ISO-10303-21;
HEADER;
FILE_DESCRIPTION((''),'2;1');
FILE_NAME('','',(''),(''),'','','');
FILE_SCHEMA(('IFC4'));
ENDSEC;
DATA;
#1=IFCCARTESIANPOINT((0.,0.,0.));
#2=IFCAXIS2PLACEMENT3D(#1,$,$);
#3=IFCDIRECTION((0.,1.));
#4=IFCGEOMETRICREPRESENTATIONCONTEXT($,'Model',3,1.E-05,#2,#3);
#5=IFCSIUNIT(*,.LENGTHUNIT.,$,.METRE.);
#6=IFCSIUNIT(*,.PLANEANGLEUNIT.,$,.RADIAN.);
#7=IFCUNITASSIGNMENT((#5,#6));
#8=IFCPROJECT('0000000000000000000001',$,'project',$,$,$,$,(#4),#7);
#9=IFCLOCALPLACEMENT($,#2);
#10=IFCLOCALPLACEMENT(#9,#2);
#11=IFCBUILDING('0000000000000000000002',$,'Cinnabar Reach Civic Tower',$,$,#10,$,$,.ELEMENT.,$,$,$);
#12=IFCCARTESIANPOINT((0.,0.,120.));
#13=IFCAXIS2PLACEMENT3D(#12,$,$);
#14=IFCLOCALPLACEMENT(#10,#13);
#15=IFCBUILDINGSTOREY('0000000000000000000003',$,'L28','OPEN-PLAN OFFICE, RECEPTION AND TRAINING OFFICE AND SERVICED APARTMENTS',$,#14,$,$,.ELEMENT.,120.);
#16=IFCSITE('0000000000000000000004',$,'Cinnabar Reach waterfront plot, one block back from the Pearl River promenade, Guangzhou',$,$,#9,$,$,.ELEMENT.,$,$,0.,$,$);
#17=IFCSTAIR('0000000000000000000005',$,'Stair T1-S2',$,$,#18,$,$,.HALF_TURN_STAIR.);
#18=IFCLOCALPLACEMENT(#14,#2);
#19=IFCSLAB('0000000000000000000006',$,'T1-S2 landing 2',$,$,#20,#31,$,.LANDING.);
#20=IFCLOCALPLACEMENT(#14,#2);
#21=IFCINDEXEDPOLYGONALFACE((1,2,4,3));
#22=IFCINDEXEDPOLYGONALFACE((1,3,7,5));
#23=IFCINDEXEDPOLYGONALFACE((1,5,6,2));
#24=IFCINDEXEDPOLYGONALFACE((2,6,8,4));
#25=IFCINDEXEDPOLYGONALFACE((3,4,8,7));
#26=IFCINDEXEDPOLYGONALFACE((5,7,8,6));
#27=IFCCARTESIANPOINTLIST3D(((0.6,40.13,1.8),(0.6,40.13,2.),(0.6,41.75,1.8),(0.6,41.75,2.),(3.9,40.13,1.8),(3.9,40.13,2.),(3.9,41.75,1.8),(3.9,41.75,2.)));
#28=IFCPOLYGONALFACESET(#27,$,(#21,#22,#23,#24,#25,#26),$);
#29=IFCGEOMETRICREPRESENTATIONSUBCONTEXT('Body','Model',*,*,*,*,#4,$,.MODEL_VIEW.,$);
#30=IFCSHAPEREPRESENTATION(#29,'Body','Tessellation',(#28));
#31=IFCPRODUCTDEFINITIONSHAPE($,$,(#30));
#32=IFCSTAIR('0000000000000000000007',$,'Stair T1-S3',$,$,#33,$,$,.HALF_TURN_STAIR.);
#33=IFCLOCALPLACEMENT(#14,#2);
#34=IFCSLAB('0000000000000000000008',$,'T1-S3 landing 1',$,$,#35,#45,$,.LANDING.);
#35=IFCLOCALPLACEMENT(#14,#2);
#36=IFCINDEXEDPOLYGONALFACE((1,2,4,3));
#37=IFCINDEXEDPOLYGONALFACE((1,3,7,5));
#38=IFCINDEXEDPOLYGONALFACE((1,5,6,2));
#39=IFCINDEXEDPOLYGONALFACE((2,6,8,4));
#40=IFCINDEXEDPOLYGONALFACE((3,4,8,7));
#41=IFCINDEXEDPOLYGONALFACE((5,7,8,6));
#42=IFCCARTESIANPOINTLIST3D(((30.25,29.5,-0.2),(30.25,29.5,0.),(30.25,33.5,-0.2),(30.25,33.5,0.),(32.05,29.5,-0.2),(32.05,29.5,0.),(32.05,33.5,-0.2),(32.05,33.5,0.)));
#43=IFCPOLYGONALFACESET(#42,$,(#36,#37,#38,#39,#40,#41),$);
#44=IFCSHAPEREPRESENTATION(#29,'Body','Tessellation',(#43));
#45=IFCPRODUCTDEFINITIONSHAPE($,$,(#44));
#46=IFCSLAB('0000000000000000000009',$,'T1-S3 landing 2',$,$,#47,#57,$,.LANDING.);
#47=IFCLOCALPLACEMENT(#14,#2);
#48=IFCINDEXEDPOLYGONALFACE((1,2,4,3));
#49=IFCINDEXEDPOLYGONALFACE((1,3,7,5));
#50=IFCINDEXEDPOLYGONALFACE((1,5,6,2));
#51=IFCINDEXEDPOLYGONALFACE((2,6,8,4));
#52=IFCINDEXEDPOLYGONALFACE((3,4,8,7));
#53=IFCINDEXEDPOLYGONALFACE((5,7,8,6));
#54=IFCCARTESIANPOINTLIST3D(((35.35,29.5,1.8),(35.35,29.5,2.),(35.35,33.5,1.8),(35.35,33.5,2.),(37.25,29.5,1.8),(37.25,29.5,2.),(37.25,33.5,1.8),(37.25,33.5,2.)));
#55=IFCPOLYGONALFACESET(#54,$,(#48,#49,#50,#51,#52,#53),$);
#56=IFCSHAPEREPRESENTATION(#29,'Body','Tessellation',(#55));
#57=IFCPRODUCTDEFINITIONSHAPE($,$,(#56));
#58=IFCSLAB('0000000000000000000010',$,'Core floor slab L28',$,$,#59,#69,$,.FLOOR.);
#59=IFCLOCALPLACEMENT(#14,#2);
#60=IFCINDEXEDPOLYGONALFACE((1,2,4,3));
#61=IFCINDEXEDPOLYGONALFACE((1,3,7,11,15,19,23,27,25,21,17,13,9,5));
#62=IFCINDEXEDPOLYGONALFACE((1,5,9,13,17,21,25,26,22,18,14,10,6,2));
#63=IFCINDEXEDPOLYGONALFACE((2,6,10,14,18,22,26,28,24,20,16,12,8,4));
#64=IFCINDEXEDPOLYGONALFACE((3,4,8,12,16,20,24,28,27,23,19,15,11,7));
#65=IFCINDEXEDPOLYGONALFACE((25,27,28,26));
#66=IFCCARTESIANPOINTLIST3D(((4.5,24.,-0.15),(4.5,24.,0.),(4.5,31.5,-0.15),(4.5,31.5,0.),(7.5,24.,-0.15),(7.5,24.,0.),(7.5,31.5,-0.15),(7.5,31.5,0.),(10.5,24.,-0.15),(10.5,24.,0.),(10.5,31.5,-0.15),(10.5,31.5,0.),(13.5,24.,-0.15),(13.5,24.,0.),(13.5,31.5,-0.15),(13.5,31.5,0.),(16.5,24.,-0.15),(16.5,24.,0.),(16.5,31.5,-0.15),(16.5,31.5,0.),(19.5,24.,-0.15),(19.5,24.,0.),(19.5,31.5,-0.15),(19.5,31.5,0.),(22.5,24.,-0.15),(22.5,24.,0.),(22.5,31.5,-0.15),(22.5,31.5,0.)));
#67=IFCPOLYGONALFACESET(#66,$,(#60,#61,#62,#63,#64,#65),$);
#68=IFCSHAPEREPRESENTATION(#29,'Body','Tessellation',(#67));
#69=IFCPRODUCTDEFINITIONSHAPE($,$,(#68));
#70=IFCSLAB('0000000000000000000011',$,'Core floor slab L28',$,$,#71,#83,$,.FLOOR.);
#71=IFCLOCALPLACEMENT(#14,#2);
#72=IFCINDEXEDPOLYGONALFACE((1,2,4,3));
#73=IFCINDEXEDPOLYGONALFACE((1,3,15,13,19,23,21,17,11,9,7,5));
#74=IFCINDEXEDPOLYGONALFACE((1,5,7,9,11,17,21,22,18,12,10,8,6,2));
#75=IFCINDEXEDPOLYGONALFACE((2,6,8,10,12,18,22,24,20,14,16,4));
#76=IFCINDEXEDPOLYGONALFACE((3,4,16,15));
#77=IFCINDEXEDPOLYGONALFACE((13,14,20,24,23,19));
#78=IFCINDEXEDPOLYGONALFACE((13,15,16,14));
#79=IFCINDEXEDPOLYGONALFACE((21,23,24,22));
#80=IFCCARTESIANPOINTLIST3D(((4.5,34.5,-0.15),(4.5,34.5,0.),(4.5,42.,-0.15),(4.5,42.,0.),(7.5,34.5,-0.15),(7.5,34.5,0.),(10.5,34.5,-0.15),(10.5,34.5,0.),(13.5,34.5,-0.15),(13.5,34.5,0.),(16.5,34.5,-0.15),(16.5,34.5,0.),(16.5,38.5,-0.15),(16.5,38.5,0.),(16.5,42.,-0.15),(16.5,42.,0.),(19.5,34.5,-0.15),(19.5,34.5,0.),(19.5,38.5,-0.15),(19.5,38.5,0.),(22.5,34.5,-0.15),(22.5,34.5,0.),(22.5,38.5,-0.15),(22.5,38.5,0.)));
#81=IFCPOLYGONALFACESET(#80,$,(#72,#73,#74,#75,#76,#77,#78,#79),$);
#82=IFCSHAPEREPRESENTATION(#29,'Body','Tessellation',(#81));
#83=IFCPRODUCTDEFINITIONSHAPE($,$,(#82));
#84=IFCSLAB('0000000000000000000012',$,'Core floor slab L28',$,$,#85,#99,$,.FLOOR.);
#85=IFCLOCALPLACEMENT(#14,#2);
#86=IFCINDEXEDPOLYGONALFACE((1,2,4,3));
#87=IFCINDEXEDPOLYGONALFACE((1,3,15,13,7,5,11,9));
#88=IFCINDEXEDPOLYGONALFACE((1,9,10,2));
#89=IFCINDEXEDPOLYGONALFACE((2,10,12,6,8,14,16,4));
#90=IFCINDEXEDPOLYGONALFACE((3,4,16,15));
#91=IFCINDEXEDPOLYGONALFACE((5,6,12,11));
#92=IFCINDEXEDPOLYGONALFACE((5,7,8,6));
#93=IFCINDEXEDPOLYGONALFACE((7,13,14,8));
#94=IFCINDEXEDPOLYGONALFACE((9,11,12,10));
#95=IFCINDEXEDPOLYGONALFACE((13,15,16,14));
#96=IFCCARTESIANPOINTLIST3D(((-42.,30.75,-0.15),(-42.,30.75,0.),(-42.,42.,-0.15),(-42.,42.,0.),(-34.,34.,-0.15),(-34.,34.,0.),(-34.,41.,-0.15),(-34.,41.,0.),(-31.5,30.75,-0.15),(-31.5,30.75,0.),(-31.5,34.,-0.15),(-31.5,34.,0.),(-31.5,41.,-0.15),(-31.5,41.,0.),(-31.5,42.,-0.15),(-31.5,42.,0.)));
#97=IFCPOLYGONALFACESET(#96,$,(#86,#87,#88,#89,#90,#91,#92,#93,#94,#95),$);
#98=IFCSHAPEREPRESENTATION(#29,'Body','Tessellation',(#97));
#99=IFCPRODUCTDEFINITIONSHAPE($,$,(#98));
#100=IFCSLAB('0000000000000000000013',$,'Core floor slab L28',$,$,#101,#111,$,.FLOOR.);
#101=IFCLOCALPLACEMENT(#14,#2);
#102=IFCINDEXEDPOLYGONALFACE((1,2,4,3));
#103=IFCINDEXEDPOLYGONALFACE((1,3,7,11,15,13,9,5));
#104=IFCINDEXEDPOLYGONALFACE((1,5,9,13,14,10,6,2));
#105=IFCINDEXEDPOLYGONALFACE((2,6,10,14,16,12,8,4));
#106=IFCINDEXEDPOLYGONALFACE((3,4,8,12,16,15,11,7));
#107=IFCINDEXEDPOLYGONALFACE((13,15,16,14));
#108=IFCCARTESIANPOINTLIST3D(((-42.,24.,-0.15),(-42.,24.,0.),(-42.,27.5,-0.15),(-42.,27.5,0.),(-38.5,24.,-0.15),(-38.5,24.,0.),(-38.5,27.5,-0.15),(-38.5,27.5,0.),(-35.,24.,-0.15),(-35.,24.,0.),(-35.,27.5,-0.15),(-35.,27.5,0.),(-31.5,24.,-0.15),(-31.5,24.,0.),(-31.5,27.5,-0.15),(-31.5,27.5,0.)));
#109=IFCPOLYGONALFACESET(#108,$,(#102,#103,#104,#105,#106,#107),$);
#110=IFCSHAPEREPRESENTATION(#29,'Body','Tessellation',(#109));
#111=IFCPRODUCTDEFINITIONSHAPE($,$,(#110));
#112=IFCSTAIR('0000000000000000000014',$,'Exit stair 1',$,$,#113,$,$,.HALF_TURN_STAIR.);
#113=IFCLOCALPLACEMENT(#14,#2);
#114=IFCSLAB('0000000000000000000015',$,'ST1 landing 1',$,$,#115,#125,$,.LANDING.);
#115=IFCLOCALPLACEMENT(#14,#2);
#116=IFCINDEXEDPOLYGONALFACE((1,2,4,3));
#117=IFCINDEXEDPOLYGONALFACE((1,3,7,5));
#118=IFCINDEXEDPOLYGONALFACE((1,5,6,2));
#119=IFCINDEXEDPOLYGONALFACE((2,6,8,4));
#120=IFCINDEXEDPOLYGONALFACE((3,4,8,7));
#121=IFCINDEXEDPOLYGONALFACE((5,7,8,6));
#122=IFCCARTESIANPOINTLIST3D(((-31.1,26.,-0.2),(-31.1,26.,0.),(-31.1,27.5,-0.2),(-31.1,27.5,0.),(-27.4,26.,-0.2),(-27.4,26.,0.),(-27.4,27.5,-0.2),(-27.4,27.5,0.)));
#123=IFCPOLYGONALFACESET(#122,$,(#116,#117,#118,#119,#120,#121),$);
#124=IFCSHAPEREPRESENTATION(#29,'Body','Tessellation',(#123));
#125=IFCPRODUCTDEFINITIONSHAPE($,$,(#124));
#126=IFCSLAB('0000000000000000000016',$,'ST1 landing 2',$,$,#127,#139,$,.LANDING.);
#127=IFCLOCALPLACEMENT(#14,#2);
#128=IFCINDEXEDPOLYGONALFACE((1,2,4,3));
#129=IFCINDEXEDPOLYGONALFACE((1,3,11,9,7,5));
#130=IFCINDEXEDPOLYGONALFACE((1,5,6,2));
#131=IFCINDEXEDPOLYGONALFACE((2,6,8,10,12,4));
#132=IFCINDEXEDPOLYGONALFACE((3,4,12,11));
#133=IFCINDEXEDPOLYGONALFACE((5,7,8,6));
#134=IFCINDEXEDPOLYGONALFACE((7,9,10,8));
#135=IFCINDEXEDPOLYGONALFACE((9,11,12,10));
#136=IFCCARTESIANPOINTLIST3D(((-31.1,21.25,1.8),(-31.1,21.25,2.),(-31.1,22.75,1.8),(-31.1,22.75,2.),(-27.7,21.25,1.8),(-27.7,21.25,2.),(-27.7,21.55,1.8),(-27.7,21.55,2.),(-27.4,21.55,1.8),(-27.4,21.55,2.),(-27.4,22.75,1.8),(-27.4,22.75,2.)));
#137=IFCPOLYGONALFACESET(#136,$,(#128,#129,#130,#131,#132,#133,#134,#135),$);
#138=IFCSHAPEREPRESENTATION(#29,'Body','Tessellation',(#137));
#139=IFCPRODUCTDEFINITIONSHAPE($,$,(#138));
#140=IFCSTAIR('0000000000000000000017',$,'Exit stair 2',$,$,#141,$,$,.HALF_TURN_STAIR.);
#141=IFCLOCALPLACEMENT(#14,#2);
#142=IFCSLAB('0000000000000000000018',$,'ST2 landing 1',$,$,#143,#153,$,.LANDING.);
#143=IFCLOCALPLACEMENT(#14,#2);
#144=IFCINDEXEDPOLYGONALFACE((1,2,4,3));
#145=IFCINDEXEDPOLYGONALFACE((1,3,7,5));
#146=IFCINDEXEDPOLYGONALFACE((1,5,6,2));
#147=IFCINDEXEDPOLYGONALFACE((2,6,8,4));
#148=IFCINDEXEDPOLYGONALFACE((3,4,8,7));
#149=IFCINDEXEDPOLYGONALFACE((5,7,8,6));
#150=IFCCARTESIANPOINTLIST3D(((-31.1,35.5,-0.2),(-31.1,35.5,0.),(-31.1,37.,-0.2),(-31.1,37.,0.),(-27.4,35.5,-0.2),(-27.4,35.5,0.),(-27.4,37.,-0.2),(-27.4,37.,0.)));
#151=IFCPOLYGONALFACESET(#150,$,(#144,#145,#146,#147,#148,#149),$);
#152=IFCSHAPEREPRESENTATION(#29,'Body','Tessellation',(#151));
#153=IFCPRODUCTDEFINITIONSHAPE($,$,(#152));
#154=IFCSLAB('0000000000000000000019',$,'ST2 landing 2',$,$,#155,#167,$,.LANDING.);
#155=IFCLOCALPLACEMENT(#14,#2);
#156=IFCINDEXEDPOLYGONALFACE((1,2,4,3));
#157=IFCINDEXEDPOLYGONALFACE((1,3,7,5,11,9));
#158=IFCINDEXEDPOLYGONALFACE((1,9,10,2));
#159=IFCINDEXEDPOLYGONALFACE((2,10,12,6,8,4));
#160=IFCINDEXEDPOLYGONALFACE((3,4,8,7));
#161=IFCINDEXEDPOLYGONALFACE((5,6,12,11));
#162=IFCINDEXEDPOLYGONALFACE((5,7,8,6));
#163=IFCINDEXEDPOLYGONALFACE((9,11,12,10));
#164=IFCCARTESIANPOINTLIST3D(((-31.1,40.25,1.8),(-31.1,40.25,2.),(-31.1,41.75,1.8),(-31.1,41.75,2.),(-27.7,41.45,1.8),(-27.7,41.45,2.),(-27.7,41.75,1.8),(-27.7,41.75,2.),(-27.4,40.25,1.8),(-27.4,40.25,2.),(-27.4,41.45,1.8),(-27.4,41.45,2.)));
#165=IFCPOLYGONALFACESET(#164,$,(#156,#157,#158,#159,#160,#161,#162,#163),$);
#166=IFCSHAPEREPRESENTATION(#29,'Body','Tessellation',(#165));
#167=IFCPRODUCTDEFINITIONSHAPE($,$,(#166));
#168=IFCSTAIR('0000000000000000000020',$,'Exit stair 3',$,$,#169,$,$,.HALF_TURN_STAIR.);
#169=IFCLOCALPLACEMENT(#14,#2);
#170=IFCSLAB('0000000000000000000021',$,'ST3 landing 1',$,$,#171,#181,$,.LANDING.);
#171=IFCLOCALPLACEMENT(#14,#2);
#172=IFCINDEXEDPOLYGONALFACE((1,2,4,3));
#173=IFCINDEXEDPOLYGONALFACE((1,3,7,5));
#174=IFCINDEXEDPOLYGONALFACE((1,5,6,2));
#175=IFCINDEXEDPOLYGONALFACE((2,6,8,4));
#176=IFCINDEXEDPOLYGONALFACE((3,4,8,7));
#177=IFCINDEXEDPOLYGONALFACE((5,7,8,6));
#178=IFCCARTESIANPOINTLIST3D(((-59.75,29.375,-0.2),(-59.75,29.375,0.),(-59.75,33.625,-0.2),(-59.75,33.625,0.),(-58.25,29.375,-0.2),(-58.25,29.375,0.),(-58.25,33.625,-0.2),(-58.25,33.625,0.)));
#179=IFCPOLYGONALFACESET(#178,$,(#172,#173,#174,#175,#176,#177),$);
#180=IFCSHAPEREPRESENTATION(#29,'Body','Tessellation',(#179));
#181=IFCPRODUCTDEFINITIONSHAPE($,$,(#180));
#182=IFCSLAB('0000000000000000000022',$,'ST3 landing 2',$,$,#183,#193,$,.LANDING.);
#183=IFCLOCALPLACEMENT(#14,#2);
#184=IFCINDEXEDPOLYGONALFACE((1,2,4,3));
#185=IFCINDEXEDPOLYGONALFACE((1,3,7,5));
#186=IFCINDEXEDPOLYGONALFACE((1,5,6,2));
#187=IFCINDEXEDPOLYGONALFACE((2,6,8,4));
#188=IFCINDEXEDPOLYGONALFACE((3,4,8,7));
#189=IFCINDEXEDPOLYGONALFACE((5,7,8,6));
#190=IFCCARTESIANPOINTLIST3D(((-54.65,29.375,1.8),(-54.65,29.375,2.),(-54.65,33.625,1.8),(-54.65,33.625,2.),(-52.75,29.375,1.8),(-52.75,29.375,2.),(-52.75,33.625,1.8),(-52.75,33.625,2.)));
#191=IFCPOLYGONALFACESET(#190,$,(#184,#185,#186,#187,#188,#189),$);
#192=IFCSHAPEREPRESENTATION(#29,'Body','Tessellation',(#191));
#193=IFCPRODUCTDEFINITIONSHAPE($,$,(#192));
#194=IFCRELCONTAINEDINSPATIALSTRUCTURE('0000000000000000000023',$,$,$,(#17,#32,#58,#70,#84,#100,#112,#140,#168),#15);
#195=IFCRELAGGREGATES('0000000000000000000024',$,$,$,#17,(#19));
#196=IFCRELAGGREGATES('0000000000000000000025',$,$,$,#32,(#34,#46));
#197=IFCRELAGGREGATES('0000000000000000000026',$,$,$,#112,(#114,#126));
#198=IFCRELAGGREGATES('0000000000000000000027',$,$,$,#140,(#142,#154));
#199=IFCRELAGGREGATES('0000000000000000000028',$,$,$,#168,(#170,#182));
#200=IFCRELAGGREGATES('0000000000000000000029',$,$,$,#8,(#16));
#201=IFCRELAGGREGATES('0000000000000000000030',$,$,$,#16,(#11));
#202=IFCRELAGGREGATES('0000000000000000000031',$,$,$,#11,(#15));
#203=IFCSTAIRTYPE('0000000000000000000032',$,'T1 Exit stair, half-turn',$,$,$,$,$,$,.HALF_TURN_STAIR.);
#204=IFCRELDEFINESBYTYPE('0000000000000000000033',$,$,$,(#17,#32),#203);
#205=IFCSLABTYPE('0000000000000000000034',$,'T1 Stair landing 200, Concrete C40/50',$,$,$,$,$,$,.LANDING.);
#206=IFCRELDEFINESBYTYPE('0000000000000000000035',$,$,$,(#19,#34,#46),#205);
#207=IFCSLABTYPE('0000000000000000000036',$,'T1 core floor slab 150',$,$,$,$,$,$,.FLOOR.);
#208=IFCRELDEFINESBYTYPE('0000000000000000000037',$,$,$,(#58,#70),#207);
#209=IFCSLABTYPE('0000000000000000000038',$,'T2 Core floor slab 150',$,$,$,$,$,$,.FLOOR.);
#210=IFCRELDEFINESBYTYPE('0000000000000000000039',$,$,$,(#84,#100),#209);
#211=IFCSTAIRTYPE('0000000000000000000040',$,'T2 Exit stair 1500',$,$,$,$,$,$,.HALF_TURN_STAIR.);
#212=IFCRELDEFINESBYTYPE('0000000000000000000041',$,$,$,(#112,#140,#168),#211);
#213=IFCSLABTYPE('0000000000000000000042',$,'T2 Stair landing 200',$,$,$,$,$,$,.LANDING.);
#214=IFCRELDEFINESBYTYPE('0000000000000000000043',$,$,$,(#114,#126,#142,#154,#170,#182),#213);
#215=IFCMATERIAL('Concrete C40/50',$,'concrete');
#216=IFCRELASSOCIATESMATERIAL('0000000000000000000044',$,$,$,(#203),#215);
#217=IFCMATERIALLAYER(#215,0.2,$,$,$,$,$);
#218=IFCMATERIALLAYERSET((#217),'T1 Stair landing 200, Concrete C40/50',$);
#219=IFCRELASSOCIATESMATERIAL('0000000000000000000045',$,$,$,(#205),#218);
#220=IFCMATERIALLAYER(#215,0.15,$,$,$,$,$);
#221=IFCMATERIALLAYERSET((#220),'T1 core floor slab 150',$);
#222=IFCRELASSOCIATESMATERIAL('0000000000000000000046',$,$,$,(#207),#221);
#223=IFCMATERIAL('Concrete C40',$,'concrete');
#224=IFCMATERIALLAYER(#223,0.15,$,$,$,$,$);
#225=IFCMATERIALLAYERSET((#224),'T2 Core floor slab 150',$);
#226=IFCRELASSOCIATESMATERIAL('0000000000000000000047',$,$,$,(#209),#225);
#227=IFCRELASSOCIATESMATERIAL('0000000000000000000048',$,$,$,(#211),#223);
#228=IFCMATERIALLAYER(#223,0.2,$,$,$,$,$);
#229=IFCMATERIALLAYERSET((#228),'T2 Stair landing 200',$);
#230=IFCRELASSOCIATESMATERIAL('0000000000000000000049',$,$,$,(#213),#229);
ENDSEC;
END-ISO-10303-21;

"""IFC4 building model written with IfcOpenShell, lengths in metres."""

from ifc_helpers import new_model, si_unit, direction, frame, origin, place, context, subcontext, project, spatial, polyline, outline, extrude, material, layer, layer_set, type_object, element, aggregate, save


model = new_model("IFC4")

# Units and contexts
model_context = context("Model", 3, precision=1e-05, world=origin(), true_north=direction((0.0, 1.0)))
body_context = subcontext(model_context, "Body", "Model", "MODEL_VIEW")
ifc_project = project(units=[si_unit("LENGTHUNIT", "METRE"), si_unit("PLANEANGLEUNIT", "RADIAN")], contexts=[model_context])

# Site, building, storey
site_placement = place(None, origin())
site = spatial("IfcSite", under=ifc_project, at=site_placement, Name="Cinnabar Reach waterfront plot, one block back from the Pearl River promenade, Guangzhou", CompositionType="ELEMENT", RefElevation=0.0)
building_placement = place(site_placement, origin())
building = spatial("IfcBuilding", under=site, at=building_placement, Name="Cinnabar Reach Civic Tower", CompositionType="ELEMENT")
storey_placement = place(building_placement, frame((0.0, 0.0, 120.0)))
storey = spatial("IfcBuildingStorey", under=building, at=storey_placement, Name="L28", Description="OPEN-PLAN OFFICE, RECEPTION AND TRAINING OFFICE AND SERVICED APARTMENTS", CompositionType="ELEMENT", Elevation=120.0)

# Shared definitions
ifc_material_1 = material(Name="Concrete C40", Category="concrete")

# Stairs, slabs
ifc_material_2 = material(Name="Concrete C40/50", Category="concrete")
stair_type_1 = type_object("IfcStairType", Name="T1 Exit stair, half-turn", PredefinedType="HALF_TURN_STAIR", material=ifc_material_2)
ifc_layer_1 = layer(ifc_material_2, 0.2)
ifc_layer_set_1 = layer_set([ifc_layer_1], Name="T1 Stair landing 200, Concrete C40/50")
slab_type_1 = type_object("IfcSlabType", Name="T1 Stair landing 200, Concrete C40/50", PredefinedType="LANDING", material=ifc_layer_set_1)
stair_1_placement = place(storey_placement, origin())
stair_1 = element("IfcStair", 1, at=stair_1_placement, inside=storey, type_object=stair_type_1, Name="Stair T1-S2", PredefinedType="HALF_TURN_STAIR")
slab_1_placement = place(storey_placement, frame((0.0, 0.0, 1.8)))
slab_1 = element("IfcSlab", 2, at=slab_1_placement, type_object=slab_type_1, Name="T1-S2 landing 2", PredefinedType="LANDING", context=body_context, shape_type="SweptSolid", body=[
    extrude(outline(polyline([(0.6, 40.13), (0.6, 41.75), (3.9, 41.75), (3.9, 40.13), (0.6, 40.13)])), origin(), (0.0, 0.0, 1.0), 0.2),
])
aggregate(stair_1, [slab_1])
stair_2_placement = place(storey_placement, origin())
stair_2 = element("IfcStair", 3, at=stair_2_placement, inside=storey, type_object=stair_type_1, Name="Stair T1-S3", PredefinedType="HALF_TURN_STAIR")
slab_2_placement = place(storey_placement, frame((0.0, 0.0, -0.2)))
slab_2 = element("IfcSlab", 4, at=slab_2_placement, type_object=slab_type_1, Name="T1-S3 landing 1", PredefinedType="LANDING", context=body_context, shape_type="SweptSolid", body=[
    extrude(outline(polyline([(30.25, 29.5), (32.05, 29.5), (32.05, 33.5), (30.25, 33.5), (30.25, 29.5)])), origin(), (0.0, 0.0, 1.0), 0.2),
])
slab_3_placement = place(storey_placement, frame((0.0, 0.0, 1.8)))
slab_3 = element("IfcSlab", 5, at=slab_3_placement, type_object=slab_type_1, Name="T1-S3 landing 2", PredefinedType="LANDING", context=body_context, shape_type="SweptSolid", body=[
    extrude(outline(polyline([(35.35, 29.5), (37.25, 29.5), (37.25, 33.5), (35.35, 33.5), (35.35, 29.5)])), origin(), (0.0, 0.0, 1.0), 0.2),
])
aggregate(stair_2, [slab_2, slab_3])

# Slabs
ifc_layer_2 = layer(ifc_material_2, 0.15)
ifc_layer_set_2 = layer_set([ifc_layer_2], Name="T1 core floor slab 150")
slab_type_2 = type_object("IfcSlabType", Name="T1 core floor slab 150", PredefinedType="FLOOR", material=ifc_layer_set_2)
slab_4_placement = place(storey_placement, frame((0.0, 0.0, -0.15)))
element("IfcSlab", 6, at=slab_4_placement, inside=storey, type_object=slab_type_2, Name="Core floor slab L28", PredefinedType="FLOOR", context=body_context, shape_type="SweptSolid", body=[
    extrude(outline(polyline([(22.5, 24.0), (19.5, 24.0), (16.5, 24.0), (13.5, 24.0), (10.5, 24.0), (7.5, 24.0), (4.5, 24.0), (4.5, 31.5), (7.5, 31.5), (10.5, 31.5), (13.5, 31.5), (16.5, 31.5), (19.5, 31.5), (22.5, 31.5), (22.5, 24.0)])), origin(), (0.0, 0.0, 1.0), 0.15),
])
slab_5_placement = place(storey_placement, frame((0.0, 0.0, -0.15)))
element("IfcSlab", 7, at=slab_5_placement, inside=storey, type_object=slab_type_2, Name="Core floor slab L28", PredefinedType="FLOOR", context=body_context, shape_type="SweptSolid", body=[
    extrude(outline(polyline([(22.5, 34.5), (19.5, 34.5), (16.5, 34.5), (13.5, 34.5), (10.5, 34.5), (7.5, 34.5), (4.5, 34.5), (4.5, 42.0), (16.5, 42.0), (16.5, 38.5), (19.5, 38.5), (22.5, 38.5), (22.5, 34.5)])), origin(), (0.0, 0.0, 1.0), 0.15),
])
ifc_layer_3 = layer(ifc_material_1, 0.15)
ifc_layer_set_3 = layer_set([ifc_layer_3], Name="T2 Core floor slab 150")
slab_type_3 = type_object("IfcSlabType", Name="T2 Core floor slab 150", PredefinedType="FLOOR", material=ifc_layer_set_3)
slab_6_placement = place(storey_placement, frame((0.0, 0.0, -0.15)))
element("IfcSlab", 8, at=slab_6_placement, inside=storey, type_object=slab_type_3, Name="Core floor slab L28", PredefinedType="FLOOR", context=body_context, shape_type="SweptSolid", body=[
    extrude(outline(polyline([(-42.0, 42.0), (-31.5, 42.0), (-31.5, 41.0), (-34.0, 41.0), (-34.0, 34.0), (-31.5, 34.0), (-31.5, 30.75), (-42.0, 30.75), (-42.0, 42.0)])), origin(), (0.0, 0.0, 1.0), 0.15),
])
slab_7_placement = place(storey_placement, frame((0.0, 0.0, -0.15)))
element("IfcSlab", 9, at=slab_7_placement, inside=storey, type_object=slab_type_3, Name="Core floor slab L28", PredefinedType="FLOOR", context=body_context, shape_type="SweptSolid", body=[
    extrude(outline(polyline([(-35.0, 24.0), (-38.5, 24.0), (-42.0, 24.0), (-42.0, 27.5), (-38.5, 27.5), (-35.0, 27.5), (-31.5, 27.5), (-31.5, 24.0), (-35.0, 24.0)])), origin(), (0.0, 0.0, 1.0), 0.15),
])

# Stairs, slabs
stair_type_2 = type_object("IfcStairType", Name="T2 Exit stair 1500", PredefinedType="HALF_TURN_STAIR", material=ifc_material_1)
stair_3_placement = place(storey_placement, origin())
stair_3 = element("IfcStair", 10, at=stair_3_placement, inside=storey, type_object=stair_type_2, Name="Exit stair 1", PredefinedType="HALF_TURN_STAIR")
ifc_layer_4 = layer(ifc_material_1, 0.2)
ifc_layer_set_4 = layer_set([ifc_layer_4], Name="T2 Stair landing 200")
slab_type_4 = type_object("IfcSlabType", Name="T2 Stair landing 200", PredefinedType="LANDING", material=ifc_layer_set_4)
slab_8_placement = place(storey_placement, frame((0.0, 0.0, -0.2)))
slab_8 = element("IfcSlab", 11, at=slab_8_placement, type_object=slab_type_4, Name="ST1 landing 1", PredefinedType="LANDING", context=body_context, shape_type="SweptSolid", body=[
    extrude(outline(polyline([(-31.1, 26.0), (-31.1, 27.5), (-27.4, 27.5), (-27.4, 26.0), (-31.1, 26.0)])), origin(), (0.0, 0.0, 1.0), 0.2),
])
slab_9_placement = place(storey_placement, frame((0.0, 0.0, 1.8)))
slab_9 = element("IfcSlab", 12, at=slab_9_placement, type_object=slab_type_4, Name="ST1 landing 2", PredefinedType="LANDING", context=body_context, shape_type="SweptSolid", body=[
    extrude(outline(polyline([(-31.1, 21.25), (-31.1, 22.75), (-27.4, 22.75), (-27.4, 21.55), (-27.7, 21.55), (-27.7, 21.25), (-31.1, 21.25)])), origin(), (0.0, 0.0, 1.0), 0.2),
])
aggregate(stair_3, [slab_8, slab_9])
stair_4_placement = place(storey_placement, origin())
stair_4 = element("IfcStair", 13, at=stair_4_placement, inside=storey, type_object=stair_type_2, Name="Exit stair 2", PredefinedType="HALF_TURN_STAIR")
slab_10_placement = place(storey_placement, frame((0.0, 0.0, -0.2)))
slab_10 = element("IfcSlab", 14, at=slab_10_placement, type_object=slab_type_4, Name="ST2 landing 1", PredefinedType="LANDING", context=body_context, shape_type="SweptSolid", body=[
    extrude(outline(polyline([(-31.1, 35.5), (-31.1, 37.0), (-27.4, 37.0), (-27.4, 35.5), (-31.1, 35.5)])), origin(), (0.0, 0.0, 1.0), 0.2),
])
slab_11_placement = place(storey_placement, frame((0.0, 0.0, 1.8)))
slab_11 = element("IfcSlab", 15, at=slab_11_placement, type_object=slab_type_4, Name="ST2 landing 2", PredefinedType="LANDING", context=body_context, shape_type="SweptSolid", body=[
    extrude(outline(polyline([(-27.4, 40.25), (-31.1, 40.25), (-31.1, 41.75), (-27.7, 41.75), (-27.7, 41.45), (-27.4, 41.45), (-27.4, 40.25)])), origin(), (0.0, 0.0, 1.0), 0.2),
])
aggregate(stair_4, [slab_10, slab_11])
stair_5_placement = place(storey_placement, origin())
stair_5 = element("IfcStair", 16, at=stair_5_placement, inside=storey, type_object=stair_type_2, Name="Exit stair 3", PredefinedType="HALF_TURN_STAIR")
slab_12_placement = place(storey_placement, frame((0.0, 0.0, -0.2)))
slab_12 = element("IfcSlab", 17, at=slab_12_placement, type_object=slab_type_4, Name="ST3 landing 1", PredefinedType="LANDING", context=body_context, shape_type="SweptSolid", body=[
    extrude(outline(polyline([(-59.75, 29.375), (-59.75, 33.625), (-58.25, 33.625), (-58.25, 29.375), (-59.75, 29.375)])), origin(), (0.0, 0.0, 1.0), 0.2),
])
slab_13_placement = place(storey_placement, frame((0.0, 0.0, 1.8)))
slab_13 = element("IfcSlab", 18, at=slab_13_placement, type_object=slab_type_4, Name="ST3 landing 2", PredefinedType="LANDING", context=body_context, shape_type="SweptSolid", body=[
    extrude(outline(polyline([(-54.65, 29.375), (-54.65, 33.625), (-52.75, 33.625), (-52.75, 29.375), (-54.65, 29.375)])), origin(), (0.0, 0.0, 1.0), 0.2),
])
aggregate(stair_5, [slab_12, slab_13])

save(model, "model.ifc")
